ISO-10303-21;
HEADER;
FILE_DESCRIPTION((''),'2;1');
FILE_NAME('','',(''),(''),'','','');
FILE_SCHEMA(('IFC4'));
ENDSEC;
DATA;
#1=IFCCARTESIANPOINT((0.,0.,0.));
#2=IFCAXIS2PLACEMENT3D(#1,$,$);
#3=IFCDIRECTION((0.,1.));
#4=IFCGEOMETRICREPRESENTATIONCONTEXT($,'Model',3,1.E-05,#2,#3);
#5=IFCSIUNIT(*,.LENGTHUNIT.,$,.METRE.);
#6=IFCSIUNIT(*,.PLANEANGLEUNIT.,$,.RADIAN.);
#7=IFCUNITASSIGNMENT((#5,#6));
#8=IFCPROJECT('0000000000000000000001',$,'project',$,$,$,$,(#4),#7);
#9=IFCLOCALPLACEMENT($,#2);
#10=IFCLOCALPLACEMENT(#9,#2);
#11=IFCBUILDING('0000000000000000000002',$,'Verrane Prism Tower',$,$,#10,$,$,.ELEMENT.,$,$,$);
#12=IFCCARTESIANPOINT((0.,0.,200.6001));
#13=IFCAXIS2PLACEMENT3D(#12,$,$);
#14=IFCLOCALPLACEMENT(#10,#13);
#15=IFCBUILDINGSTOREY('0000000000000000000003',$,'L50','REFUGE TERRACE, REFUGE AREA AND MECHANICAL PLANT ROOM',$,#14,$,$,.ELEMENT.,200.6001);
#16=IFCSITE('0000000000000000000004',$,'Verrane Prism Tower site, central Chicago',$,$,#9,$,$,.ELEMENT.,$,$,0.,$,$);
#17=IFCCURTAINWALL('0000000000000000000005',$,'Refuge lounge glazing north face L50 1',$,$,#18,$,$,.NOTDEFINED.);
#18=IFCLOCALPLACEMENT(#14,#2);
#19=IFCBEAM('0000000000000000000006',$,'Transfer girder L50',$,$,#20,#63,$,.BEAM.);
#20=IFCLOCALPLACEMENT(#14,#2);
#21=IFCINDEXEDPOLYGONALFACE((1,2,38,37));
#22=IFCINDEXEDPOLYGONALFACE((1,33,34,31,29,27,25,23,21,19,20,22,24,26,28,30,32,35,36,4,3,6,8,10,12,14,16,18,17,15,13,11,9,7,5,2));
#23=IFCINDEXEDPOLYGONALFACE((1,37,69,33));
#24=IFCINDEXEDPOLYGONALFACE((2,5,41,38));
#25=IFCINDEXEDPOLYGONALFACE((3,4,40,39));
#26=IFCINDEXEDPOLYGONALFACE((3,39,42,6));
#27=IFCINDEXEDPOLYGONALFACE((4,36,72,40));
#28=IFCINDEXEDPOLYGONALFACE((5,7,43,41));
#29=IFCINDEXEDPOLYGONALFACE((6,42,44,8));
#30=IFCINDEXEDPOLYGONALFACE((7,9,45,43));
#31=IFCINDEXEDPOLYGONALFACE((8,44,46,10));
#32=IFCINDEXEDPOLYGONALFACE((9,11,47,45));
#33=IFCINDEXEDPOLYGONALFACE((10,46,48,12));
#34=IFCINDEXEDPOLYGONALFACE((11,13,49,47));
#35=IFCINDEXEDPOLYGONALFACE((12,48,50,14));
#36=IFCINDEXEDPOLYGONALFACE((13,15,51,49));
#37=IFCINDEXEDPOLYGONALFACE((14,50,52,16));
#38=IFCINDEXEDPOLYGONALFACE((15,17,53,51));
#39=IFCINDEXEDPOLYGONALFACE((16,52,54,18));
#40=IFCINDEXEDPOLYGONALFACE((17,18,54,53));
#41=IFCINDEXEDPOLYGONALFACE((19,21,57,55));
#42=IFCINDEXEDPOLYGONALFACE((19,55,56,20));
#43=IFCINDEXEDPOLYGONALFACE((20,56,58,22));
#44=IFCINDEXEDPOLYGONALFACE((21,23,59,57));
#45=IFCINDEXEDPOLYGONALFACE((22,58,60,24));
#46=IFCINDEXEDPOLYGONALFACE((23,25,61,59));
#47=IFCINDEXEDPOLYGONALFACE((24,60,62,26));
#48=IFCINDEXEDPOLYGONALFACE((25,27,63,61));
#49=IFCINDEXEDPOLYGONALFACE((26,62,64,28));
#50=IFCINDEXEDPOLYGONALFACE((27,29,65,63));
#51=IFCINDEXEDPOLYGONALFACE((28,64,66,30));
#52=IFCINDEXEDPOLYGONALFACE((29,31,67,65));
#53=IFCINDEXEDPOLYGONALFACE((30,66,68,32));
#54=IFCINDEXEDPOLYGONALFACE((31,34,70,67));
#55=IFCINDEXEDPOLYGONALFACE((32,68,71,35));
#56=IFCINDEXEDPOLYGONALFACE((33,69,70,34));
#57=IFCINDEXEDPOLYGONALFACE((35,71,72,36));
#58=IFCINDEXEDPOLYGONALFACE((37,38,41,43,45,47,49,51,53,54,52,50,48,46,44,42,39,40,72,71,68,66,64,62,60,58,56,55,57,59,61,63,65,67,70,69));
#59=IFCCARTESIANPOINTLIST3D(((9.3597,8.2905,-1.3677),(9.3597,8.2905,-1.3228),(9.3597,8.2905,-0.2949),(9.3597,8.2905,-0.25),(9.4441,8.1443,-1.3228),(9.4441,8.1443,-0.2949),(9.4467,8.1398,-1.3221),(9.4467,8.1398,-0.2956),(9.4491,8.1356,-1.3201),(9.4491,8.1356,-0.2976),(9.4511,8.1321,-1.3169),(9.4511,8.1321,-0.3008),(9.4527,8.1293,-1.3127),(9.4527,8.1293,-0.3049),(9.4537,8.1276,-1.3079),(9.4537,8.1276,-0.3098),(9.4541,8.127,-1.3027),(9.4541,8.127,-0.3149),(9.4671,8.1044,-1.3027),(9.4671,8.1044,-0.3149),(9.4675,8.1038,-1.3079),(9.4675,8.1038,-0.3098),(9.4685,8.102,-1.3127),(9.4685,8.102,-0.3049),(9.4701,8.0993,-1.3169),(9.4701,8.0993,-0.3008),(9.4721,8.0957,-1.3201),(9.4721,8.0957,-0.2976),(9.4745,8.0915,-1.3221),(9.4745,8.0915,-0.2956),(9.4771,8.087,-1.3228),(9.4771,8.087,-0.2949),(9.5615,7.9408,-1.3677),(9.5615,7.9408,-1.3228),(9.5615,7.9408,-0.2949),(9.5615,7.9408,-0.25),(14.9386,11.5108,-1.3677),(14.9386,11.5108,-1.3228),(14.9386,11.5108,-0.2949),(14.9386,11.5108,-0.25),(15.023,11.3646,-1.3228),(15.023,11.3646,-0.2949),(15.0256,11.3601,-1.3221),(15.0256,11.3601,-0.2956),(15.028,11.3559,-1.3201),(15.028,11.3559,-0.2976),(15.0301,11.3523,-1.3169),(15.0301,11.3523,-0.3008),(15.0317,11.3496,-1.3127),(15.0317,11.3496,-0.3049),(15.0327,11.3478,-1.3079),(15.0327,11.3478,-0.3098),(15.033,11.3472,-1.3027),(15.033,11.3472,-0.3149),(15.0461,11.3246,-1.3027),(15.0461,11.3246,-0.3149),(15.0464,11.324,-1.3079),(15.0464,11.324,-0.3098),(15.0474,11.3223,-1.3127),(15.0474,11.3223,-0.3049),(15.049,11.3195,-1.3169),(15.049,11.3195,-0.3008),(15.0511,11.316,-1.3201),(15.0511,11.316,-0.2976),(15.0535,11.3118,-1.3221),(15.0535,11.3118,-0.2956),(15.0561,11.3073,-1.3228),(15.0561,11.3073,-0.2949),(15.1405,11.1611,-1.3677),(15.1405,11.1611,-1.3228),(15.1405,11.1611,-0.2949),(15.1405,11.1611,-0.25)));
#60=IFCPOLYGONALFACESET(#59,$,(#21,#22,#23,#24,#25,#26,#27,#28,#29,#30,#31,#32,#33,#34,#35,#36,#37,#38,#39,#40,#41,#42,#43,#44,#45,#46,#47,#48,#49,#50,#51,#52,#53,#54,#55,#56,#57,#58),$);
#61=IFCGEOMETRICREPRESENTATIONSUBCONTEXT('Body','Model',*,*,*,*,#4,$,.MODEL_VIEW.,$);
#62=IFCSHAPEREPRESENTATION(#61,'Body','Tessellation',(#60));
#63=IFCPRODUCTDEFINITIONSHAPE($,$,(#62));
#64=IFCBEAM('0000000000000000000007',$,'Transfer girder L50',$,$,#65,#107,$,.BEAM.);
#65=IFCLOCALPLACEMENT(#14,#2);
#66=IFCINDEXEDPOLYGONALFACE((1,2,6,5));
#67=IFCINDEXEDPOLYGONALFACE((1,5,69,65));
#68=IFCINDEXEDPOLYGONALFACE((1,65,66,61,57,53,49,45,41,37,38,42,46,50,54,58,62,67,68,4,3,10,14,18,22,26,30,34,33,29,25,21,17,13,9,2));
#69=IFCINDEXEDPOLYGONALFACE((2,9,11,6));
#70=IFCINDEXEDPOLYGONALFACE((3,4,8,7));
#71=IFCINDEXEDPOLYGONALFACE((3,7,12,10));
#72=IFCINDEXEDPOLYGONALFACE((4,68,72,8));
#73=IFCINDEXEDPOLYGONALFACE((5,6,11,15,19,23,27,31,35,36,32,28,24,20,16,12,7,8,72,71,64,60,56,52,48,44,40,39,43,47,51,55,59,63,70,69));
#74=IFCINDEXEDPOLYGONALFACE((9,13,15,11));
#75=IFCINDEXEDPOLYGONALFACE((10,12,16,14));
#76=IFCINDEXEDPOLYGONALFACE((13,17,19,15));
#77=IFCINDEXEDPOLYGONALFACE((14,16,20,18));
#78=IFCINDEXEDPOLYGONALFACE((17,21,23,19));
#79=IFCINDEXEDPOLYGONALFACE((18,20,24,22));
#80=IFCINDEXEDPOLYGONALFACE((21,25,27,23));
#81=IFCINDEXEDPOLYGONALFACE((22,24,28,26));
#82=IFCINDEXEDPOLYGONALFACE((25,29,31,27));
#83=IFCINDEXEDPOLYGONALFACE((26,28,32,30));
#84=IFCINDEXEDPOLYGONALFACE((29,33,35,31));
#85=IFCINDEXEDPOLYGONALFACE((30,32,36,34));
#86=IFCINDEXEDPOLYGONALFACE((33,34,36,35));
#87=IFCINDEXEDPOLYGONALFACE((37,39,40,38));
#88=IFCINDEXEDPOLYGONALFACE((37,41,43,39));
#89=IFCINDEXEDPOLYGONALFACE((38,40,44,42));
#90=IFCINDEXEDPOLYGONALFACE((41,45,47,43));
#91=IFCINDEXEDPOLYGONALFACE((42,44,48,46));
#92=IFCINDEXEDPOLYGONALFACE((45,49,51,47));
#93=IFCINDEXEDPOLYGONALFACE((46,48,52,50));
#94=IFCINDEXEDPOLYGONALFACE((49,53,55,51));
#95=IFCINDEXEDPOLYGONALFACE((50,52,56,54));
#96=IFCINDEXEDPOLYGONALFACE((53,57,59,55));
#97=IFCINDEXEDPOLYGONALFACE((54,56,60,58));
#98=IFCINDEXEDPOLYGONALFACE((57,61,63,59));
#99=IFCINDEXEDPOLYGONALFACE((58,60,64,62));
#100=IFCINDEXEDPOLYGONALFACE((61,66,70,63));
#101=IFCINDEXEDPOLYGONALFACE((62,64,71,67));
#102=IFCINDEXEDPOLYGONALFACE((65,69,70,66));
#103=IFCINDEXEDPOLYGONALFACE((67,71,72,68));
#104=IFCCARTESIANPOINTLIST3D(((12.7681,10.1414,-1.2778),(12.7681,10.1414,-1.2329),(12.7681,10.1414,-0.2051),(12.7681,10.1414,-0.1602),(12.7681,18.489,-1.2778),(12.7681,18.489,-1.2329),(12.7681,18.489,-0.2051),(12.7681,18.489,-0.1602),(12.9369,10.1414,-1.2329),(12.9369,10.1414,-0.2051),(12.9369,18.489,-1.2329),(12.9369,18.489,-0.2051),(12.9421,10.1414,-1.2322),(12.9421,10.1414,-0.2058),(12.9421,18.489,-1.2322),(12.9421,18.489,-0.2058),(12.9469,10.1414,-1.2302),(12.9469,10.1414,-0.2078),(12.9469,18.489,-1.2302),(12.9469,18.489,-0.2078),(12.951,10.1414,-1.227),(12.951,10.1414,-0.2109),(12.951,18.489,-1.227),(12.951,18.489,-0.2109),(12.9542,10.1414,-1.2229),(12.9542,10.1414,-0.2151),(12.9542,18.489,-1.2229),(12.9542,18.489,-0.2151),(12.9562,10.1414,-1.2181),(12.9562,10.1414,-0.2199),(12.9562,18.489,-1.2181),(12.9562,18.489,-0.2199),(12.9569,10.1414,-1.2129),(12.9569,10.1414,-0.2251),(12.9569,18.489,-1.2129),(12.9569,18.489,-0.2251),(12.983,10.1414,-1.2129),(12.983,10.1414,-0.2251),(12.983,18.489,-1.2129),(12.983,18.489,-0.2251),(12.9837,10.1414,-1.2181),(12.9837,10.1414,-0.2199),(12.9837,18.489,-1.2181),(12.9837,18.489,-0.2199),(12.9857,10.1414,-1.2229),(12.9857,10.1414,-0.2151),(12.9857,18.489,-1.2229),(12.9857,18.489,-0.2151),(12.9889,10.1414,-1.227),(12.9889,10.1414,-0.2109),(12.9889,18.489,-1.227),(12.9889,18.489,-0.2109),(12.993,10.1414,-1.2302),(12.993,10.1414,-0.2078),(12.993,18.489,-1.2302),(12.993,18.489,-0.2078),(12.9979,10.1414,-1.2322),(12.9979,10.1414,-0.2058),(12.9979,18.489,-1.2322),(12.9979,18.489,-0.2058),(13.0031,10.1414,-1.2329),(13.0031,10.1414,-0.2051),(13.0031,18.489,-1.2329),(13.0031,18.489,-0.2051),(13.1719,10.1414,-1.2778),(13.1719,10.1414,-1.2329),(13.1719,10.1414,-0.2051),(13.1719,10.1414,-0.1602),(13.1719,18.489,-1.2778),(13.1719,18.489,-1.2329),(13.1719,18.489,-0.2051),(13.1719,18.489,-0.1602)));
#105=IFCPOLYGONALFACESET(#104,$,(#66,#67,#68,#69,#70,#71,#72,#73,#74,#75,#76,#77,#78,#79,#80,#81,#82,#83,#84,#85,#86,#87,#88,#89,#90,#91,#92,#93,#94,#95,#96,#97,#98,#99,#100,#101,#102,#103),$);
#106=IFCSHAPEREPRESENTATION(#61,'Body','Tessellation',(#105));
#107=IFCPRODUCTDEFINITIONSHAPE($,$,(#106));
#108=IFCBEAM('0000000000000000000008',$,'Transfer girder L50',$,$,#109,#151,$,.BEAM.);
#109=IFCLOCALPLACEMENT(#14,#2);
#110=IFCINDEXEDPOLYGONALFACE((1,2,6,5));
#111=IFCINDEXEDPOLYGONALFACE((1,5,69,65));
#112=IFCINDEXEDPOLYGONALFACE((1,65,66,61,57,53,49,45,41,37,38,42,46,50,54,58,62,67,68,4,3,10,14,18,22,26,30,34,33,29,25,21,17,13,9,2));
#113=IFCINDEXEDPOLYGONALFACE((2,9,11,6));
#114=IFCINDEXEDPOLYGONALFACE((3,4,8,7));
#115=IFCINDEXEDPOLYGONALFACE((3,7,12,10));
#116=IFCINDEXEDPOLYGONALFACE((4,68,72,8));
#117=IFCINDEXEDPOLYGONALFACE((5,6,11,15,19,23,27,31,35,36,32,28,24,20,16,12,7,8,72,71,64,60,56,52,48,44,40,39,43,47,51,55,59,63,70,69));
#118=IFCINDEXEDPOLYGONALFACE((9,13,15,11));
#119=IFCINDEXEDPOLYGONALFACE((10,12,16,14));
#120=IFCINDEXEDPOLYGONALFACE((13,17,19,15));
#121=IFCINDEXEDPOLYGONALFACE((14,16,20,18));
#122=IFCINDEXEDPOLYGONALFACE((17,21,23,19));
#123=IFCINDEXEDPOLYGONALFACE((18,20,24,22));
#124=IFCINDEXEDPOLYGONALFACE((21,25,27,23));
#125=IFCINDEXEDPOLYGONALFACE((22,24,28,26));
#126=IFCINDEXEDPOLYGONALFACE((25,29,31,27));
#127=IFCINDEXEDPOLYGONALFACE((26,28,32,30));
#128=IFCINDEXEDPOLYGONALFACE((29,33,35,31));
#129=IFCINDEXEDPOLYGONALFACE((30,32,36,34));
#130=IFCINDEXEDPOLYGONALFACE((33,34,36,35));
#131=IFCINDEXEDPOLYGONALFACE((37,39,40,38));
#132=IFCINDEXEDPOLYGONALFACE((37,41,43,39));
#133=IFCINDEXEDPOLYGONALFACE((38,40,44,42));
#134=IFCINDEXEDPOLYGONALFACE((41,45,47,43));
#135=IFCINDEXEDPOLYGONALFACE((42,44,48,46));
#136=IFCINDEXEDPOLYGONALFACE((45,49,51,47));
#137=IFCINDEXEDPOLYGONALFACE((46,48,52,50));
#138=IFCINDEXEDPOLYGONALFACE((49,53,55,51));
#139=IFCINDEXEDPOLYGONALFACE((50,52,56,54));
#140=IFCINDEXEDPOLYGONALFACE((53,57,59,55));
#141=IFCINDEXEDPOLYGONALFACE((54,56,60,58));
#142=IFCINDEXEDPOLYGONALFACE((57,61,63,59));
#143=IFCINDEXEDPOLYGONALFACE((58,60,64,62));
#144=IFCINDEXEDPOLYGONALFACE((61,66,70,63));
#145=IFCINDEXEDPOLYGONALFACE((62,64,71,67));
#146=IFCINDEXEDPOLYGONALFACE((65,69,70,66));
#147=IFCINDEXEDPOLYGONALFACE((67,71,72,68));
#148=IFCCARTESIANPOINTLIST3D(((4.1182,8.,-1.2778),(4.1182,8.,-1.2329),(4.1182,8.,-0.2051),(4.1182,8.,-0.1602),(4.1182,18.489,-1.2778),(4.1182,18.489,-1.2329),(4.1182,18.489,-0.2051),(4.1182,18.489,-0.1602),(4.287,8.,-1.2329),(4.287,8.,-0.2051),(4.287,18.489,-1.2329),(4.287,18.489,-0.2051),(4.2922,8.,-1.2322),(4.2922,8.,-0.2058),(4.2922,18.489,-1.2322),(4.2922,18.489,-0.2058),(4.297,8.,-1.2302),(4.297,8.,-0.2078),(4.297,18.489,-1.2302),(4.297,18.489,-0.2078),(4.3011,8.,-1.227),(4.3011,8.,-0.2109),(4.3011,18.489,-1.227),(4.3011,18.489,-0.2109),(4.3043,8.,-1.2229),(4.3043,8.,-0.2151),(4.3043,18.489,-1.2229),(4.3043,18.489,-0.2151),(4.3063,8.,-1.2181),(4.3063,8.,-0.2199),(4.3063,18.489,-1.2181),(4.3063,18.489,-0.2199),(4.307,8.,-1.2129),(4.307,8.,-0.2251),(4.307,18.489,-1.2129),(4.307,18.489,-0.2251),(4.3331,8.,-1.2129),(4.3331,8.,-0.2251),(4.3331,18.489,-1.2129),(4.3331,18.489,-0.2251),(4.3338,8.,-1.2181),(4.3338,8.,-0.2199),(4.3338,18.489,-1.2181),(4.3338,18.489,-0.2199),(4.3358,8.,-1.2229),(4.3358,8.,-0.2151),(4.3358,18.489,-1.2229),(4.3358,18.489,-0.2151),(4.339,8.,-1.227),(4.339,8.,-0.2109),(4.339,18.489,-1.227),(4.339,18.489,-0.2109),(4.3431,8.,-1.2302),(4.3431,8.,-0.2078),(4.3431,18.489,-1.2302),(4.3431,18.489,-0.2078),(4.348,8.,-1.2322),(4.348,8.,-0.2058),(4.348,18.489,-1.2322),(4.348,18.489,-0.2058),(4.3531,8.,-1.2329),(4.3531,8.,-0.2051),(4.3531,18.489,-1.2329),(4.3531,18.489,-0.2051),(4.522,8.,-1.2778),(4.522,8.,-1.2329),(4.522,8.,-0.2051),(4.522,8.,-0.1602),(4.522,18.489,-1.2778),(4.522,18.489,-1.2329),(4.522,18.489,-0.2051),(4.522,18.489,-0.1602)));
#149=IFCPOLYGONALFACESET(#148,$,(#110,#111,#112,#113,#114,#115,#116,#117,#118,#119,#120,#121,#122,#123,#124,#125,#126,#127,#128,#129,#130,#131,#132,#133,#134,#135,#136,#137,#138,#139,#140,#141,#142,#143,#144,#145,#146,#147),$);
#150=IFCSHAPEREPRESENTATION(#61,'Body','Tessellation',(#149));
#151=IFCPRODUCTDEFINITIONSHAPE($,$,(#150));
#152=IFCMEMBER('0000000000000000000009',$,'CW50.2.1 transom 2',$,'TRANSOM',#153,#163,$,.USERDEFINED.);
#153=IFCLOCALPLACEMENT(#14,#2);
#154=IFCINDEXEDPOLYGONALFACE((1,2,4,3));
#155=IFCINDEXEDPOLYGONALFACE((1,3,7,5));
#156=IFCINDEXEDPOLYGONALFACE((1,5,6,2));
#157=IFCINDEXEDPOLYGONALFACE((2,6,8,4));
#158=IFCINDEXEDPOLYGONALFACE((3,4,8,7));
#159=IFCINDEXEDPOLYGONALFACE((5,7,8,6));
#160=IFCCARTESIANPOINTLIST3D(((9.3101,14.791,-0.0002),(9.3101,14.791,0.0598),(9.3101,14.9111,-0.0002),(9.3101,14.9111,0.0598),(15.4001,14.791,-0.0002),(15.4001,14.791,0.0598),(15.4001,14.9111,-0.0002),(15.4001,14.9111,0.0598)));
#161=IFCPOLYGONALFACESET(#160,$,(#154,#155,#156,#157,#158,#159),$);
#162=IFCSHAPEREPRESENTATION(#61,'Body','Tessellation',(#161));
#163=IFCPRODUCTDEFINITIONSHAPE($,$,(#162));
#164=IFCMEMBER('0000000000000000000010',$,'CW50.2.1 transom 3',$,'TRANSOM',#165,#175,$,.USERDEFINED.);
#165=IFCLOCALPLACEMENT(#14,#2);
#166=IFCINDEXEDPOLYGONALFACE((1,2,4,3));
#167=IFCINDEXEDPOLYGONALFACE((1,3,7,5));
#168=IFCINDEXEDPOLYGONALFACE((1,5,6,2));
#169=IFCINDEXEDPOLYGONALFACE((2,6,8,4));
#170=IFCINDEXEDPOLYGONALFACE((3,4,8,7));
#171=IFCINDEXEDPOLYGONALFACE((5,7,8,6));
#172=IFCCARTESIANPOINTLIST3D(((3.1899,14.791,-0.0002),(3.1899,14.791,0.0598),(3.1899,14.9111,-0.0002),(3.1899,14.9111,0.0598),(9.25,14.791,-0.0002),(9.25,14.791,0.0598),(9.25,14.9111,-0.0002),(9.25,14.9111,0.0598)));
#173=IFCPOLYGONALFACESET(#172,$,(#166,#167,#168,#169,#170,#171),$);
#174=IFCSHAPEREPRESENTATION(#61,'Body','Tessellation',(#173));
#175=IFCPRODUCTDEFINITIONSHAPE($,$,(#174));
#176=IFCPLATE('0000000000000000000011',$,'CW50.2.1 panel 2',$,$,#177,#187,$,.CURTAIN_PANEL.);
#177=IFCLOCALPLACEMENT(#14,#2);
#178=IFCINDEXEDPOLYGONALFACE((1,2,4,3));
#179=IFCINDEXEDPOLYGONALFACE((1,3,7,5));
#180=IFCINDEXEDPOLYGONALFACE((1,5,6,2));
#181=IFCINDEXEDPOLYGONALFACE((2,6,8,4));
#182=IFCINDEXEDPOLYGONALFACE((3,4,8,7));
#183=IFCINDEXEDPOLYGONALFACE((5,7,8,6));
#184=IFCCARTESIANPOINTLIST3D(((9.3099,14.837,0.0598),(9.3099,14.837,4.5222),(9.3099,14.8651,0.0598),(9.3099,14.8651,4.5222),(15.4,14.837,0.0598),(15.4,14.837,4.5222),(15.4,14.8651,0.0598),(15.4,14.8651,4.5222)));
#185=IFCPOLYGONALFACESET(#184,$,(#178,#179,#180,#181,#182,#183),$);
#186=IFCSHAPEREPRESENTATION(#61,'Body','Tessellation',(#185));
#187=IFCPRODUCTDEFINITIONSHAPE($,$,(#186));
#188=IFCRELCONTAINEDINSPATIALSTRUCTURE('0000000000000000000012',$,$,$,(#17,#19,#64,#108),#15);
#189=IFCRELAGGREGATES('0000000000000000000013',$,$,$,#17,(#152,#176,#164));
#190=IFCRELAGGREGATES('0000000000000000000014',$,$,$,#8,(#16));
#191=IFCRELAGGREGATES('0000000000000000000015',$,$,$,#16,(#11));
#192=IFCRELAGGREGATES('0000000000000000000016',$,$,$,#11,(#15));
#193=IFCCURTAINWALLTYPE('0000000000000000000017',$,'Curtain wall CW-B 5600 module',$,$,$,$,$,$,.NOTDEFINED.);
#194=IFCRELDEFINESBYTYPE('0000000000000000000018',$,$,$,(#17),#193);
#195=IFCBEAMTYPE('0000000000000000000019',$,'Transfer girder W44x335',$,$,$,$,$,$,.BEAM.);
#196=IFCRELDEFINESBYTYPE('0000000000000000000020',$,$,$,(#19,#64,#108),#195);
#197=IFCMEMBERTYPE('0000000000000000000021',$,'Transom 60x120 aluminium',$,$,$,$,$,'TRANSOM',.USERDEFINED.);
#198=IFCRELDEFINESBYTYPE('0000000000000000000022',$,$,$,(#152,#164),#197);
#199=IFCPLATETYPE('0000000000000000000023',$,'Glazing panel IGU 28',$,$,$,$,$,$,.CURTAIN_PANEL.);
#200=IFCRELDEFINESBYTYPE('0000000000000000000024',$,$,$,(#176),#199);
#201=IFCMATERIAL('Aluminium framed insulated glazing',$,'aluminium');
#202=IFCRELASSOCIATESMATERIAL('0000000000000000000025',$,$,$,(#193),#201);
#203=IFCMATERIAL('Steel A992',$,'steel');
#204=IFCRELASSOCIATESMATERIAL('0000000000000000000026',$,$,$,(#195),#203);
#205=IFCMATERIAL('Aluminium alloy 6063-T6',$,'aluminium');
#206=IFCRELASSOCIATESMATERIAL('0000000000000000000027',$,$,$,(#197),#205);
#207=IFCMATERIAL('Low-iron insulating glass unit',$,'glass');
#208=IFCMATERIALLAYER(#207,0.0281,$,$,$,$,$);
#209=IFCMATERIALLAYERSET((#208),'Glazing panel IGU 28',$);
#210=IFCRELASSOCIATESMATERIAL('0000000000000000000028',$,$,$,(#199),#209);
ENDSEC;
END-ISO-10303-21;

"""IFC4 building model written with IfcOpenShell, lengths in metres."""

from ifc_helpers import new_model, si_unit, direction, frame, origin, origin_2d, place, context, subcontext, project, spatial, rectangle, i_section, extrude, material, layer, layer_set, material_profile, profile_set, type_object, element, aggregate, save


model = new_model("IFC4")

# Units and contexts
model_context = context("Model", 3, precision=1e-05, world=origin(), true_north=direction((0.0, 1.0)))
body_context = subcontext(model_context, "Body", "Model", "MODEL_VIEW")
ifc_project = project(units=[si_unit("LENGTHUNIT", "METRE"), si_unit("PLANEANGLEUNIT", "RADIAN")], contexts=[model_context])

# Site, building, storey
site_placement = place(None, origin())
site = spatial("IfcSite", under=ifc_project, at=site_placement, Name="Verrane Prism Tower site, central Chicago", CompositionType="ELEMENT", RefElevation=0.0)
building_placement = place(site_placement, origin())
building = spatial("IfcBuilding", under=site, at=building_placement, Name="Verrane Prism Tower", CompositionType="ELEMENT")
storey_placement = place(building_placement, frame((0.0, 0.0, 200.6001)))
storey = spatial("IfcBuildingStorey", under=building, at=storey_placement, Name="L50", Description="REFUGE TERRACE, REFUGE AREA AND MECHANICAL PLANT ROOM", CompositionType="ELEMENT", Elevation=200.6001)

# Curtain wall
ifc_material_1 = material(Name="Aluminium framed insulated glazing", Category="aluminium")
curtain_wall_type = type_object("IfcCurtainWallType", Name="Curtain wall CW-B 5600 module", PredefinedType="NOTDEFINED", material=ifc_material_1)
curtain_wall_placement = place(storey_placement, origin())
curtain_wall = element("IfcCurtainWall", 1, at=curtain_wall_placement, inside=storey, type_object=curtain_wall_type, Name="Refuge lounge glazing north face L50 1", PredefinedType="NOTDEFINED")

# Beams
ifc_material_2 = material(Name="Steel A992", Category="steel")
ifc_material_profile_1 = material_profile(ifc_material_2, i_section(OverallWidth=0.4038, OverallDepth=1.1177, WebThickness=0.0261, FlangeThickness=0.0449, FilletRadius=0.02, at=origin_2d()), Name="W44x335")
ifc_profile_set_1 = profile_set([ifc_material_profile_1], Name="Steel A992")
beam_type_1 = type_object("IfcBeamType", Name="Transfer girder W44x335", PredefinedType="BEAM", material=ifc_profile_set_1)
beam_1_placement = place(storey_placement, frame((15.0396, 11.3359, -0.8088), z_axis=(-0.866075, -0.499914, 0.0), x_axis=(0.499914, -0.866075, 0.0)))
element("IfcBeam", 2, at=beam_1_placement, inside=storey, type_object=beam_type_1, Name="Transfer girder L50", PredefinedType="BEAM", context=body_context, shape_type="SweptSolid", body=[
    extrude(i_section(OverallWidth=0.4038, OverallDepth=1.1177, WebThickness=0.0261, FlangeThickness=0.0449, FilletRadius=0.02, at=origin_2d()), origin(), (0.0, 0.0, 1.0), 6.4417),
])
beam_2_placement = place(storey_placement, frame((12.97, 18.489, -0.719), z_axis=(0.0, -1.0, 0.0), x_axis=(1.0, 0.0, 0.0)))
element("IfcBeam", 3, at=beam_2_placement, inside=storey, type_object=beam_type_1, Name="Transfer girder L50", PredefinedType="BEAM", context=body_context, shape_type="SweptSolid", body=[
    extrude(i_section(OverallWidth=0.4038, OverallDepth=1.1177, WebThickness=0.0261, FlangeThickness=0.0449, FilletRadius=0.02, at=origin_2d()), origin(), (0.0, 0.0, 1.0), 8.3477),
])
beam_3_placement = place(storey_placement, frame((4.3201, 18.489, -0.719), z_axis=(0.0, -1.0, 0.0), x_axis=(1.0, 0.0, 0.0)))
element("IfcBeam", 4, at=beam_3_placement, inside=storey, type_object=beam_type_1, Name="Transfer girder L50", PredefinedType="BEAM", context=body_context, shape_type="SweptSolid", body=[
    extrude(i_section(OverallWidth=0.4038, OverallDepth=1.1177, WebThickness=0.0261, FlangeThickness=0.0449, FilletRadius=0.02, at=origin_2d()), origin(), (0.0, 0.0, 1.0), 10.489),
])

# Members
ifc_material_3 = material(Name="Aluminium alloy 6063-T6", Category="aluminium")
ifc_material_profile_2 = material_profile(ifc_material_3, rectangle(XDim=0.1201, YDim=0.0601, at=origin_2d()), Name="Transom 60x120 aluminium")
ifc_profile_set_2 = profile_set([ifc_material_profile_2], Name="Aluminium alloy 6063-T6")
member_type_1 = type_object("IfcMemberType", Name="Transom 60x120 aluminium", ElementType="TRANSOM", PredefinedType="USERDEFINED", material=ifc_profile_set_2)
member_1_placement = place(storey_placement, frame((15.4001, 14.8511, 0.0298), z_axis=(-1.0, 0.0, 0.0), x_axis=(0.0, -1.0, 0.0)))
member_1 = element("IfcMember", 5, at=member_1_placement, type_object=member_type_1, Name="CW50.2.1 transom 2", ObjectType="TRANSOM", PredefinedType="USERDEFINED", context=body_context, shape_type="SweptSolid", body=[
    extrude(rectangle(XDim=0.1201, YDim=0.0601, at=origin_2d()), origin(), (0.0, 0.0, 1.0), 6.0901),
])
member_2_placement = place(storey_placement, frame((9.25, 14.8511, 0.0298), z_axis=(-1.0, 0.0, 0.0), x_axis=(0.0, -1.0, 0.0)))
member_2 = element("IfcMember", 6, at=member_2_placement, type_object=member_type_1, Name="CW50.2.1 transom 3", ObjectType="TRANSOM", PredefinedType="USERDEFINED", context=body_context, shape_type="SweptSolid", body=[
    extrude(rectangle(XDim=0.1201, YDim=0.0601, at=origin_2d()), origin(), (0.0, 0.0, 1.0), 6.0601),
])

# Plate
ifc_material_4 = material(Name="Low-iron insulating glass unit", Category="glass")
ifc_layer_1 = layer(ifc_material_4, 0.0281)
ifc_layer_set_1 = layer_set([ifc_layer_1], Name="Glazing panel IGU 28")
plate_type = type_object("IfcPlateType", Name="Glazing panel IGU 28", PredefinedType="CURTAIN_PANEL", material=ifc_layer_set_1)
plate_1_placement = place(storey_placement, frame((12.355, 14.8511, 0.0598), z_axis=(0.0, 0.0, 1.0), x_axis=(-1.0, 0.0, 0.0)))
plate_1 = element("IfcPlate", 7, at=plate_1_placement, type_object=plate_type, Name="CW50.2.1 panel 2", PredefinedType="CURTAIN_PANEL", context=body_context, shape_type="SweptSolid", body=[
    extrude(rectangle(XDim=6.0901, YDim=0.0281, at=origin_2d()), origin(), (0.0, 0.0, 1.0), 4.4624),
])
aggregate(curtain_wall, [member_1, plate_1, member_2])

save(model, "model.ifc")
